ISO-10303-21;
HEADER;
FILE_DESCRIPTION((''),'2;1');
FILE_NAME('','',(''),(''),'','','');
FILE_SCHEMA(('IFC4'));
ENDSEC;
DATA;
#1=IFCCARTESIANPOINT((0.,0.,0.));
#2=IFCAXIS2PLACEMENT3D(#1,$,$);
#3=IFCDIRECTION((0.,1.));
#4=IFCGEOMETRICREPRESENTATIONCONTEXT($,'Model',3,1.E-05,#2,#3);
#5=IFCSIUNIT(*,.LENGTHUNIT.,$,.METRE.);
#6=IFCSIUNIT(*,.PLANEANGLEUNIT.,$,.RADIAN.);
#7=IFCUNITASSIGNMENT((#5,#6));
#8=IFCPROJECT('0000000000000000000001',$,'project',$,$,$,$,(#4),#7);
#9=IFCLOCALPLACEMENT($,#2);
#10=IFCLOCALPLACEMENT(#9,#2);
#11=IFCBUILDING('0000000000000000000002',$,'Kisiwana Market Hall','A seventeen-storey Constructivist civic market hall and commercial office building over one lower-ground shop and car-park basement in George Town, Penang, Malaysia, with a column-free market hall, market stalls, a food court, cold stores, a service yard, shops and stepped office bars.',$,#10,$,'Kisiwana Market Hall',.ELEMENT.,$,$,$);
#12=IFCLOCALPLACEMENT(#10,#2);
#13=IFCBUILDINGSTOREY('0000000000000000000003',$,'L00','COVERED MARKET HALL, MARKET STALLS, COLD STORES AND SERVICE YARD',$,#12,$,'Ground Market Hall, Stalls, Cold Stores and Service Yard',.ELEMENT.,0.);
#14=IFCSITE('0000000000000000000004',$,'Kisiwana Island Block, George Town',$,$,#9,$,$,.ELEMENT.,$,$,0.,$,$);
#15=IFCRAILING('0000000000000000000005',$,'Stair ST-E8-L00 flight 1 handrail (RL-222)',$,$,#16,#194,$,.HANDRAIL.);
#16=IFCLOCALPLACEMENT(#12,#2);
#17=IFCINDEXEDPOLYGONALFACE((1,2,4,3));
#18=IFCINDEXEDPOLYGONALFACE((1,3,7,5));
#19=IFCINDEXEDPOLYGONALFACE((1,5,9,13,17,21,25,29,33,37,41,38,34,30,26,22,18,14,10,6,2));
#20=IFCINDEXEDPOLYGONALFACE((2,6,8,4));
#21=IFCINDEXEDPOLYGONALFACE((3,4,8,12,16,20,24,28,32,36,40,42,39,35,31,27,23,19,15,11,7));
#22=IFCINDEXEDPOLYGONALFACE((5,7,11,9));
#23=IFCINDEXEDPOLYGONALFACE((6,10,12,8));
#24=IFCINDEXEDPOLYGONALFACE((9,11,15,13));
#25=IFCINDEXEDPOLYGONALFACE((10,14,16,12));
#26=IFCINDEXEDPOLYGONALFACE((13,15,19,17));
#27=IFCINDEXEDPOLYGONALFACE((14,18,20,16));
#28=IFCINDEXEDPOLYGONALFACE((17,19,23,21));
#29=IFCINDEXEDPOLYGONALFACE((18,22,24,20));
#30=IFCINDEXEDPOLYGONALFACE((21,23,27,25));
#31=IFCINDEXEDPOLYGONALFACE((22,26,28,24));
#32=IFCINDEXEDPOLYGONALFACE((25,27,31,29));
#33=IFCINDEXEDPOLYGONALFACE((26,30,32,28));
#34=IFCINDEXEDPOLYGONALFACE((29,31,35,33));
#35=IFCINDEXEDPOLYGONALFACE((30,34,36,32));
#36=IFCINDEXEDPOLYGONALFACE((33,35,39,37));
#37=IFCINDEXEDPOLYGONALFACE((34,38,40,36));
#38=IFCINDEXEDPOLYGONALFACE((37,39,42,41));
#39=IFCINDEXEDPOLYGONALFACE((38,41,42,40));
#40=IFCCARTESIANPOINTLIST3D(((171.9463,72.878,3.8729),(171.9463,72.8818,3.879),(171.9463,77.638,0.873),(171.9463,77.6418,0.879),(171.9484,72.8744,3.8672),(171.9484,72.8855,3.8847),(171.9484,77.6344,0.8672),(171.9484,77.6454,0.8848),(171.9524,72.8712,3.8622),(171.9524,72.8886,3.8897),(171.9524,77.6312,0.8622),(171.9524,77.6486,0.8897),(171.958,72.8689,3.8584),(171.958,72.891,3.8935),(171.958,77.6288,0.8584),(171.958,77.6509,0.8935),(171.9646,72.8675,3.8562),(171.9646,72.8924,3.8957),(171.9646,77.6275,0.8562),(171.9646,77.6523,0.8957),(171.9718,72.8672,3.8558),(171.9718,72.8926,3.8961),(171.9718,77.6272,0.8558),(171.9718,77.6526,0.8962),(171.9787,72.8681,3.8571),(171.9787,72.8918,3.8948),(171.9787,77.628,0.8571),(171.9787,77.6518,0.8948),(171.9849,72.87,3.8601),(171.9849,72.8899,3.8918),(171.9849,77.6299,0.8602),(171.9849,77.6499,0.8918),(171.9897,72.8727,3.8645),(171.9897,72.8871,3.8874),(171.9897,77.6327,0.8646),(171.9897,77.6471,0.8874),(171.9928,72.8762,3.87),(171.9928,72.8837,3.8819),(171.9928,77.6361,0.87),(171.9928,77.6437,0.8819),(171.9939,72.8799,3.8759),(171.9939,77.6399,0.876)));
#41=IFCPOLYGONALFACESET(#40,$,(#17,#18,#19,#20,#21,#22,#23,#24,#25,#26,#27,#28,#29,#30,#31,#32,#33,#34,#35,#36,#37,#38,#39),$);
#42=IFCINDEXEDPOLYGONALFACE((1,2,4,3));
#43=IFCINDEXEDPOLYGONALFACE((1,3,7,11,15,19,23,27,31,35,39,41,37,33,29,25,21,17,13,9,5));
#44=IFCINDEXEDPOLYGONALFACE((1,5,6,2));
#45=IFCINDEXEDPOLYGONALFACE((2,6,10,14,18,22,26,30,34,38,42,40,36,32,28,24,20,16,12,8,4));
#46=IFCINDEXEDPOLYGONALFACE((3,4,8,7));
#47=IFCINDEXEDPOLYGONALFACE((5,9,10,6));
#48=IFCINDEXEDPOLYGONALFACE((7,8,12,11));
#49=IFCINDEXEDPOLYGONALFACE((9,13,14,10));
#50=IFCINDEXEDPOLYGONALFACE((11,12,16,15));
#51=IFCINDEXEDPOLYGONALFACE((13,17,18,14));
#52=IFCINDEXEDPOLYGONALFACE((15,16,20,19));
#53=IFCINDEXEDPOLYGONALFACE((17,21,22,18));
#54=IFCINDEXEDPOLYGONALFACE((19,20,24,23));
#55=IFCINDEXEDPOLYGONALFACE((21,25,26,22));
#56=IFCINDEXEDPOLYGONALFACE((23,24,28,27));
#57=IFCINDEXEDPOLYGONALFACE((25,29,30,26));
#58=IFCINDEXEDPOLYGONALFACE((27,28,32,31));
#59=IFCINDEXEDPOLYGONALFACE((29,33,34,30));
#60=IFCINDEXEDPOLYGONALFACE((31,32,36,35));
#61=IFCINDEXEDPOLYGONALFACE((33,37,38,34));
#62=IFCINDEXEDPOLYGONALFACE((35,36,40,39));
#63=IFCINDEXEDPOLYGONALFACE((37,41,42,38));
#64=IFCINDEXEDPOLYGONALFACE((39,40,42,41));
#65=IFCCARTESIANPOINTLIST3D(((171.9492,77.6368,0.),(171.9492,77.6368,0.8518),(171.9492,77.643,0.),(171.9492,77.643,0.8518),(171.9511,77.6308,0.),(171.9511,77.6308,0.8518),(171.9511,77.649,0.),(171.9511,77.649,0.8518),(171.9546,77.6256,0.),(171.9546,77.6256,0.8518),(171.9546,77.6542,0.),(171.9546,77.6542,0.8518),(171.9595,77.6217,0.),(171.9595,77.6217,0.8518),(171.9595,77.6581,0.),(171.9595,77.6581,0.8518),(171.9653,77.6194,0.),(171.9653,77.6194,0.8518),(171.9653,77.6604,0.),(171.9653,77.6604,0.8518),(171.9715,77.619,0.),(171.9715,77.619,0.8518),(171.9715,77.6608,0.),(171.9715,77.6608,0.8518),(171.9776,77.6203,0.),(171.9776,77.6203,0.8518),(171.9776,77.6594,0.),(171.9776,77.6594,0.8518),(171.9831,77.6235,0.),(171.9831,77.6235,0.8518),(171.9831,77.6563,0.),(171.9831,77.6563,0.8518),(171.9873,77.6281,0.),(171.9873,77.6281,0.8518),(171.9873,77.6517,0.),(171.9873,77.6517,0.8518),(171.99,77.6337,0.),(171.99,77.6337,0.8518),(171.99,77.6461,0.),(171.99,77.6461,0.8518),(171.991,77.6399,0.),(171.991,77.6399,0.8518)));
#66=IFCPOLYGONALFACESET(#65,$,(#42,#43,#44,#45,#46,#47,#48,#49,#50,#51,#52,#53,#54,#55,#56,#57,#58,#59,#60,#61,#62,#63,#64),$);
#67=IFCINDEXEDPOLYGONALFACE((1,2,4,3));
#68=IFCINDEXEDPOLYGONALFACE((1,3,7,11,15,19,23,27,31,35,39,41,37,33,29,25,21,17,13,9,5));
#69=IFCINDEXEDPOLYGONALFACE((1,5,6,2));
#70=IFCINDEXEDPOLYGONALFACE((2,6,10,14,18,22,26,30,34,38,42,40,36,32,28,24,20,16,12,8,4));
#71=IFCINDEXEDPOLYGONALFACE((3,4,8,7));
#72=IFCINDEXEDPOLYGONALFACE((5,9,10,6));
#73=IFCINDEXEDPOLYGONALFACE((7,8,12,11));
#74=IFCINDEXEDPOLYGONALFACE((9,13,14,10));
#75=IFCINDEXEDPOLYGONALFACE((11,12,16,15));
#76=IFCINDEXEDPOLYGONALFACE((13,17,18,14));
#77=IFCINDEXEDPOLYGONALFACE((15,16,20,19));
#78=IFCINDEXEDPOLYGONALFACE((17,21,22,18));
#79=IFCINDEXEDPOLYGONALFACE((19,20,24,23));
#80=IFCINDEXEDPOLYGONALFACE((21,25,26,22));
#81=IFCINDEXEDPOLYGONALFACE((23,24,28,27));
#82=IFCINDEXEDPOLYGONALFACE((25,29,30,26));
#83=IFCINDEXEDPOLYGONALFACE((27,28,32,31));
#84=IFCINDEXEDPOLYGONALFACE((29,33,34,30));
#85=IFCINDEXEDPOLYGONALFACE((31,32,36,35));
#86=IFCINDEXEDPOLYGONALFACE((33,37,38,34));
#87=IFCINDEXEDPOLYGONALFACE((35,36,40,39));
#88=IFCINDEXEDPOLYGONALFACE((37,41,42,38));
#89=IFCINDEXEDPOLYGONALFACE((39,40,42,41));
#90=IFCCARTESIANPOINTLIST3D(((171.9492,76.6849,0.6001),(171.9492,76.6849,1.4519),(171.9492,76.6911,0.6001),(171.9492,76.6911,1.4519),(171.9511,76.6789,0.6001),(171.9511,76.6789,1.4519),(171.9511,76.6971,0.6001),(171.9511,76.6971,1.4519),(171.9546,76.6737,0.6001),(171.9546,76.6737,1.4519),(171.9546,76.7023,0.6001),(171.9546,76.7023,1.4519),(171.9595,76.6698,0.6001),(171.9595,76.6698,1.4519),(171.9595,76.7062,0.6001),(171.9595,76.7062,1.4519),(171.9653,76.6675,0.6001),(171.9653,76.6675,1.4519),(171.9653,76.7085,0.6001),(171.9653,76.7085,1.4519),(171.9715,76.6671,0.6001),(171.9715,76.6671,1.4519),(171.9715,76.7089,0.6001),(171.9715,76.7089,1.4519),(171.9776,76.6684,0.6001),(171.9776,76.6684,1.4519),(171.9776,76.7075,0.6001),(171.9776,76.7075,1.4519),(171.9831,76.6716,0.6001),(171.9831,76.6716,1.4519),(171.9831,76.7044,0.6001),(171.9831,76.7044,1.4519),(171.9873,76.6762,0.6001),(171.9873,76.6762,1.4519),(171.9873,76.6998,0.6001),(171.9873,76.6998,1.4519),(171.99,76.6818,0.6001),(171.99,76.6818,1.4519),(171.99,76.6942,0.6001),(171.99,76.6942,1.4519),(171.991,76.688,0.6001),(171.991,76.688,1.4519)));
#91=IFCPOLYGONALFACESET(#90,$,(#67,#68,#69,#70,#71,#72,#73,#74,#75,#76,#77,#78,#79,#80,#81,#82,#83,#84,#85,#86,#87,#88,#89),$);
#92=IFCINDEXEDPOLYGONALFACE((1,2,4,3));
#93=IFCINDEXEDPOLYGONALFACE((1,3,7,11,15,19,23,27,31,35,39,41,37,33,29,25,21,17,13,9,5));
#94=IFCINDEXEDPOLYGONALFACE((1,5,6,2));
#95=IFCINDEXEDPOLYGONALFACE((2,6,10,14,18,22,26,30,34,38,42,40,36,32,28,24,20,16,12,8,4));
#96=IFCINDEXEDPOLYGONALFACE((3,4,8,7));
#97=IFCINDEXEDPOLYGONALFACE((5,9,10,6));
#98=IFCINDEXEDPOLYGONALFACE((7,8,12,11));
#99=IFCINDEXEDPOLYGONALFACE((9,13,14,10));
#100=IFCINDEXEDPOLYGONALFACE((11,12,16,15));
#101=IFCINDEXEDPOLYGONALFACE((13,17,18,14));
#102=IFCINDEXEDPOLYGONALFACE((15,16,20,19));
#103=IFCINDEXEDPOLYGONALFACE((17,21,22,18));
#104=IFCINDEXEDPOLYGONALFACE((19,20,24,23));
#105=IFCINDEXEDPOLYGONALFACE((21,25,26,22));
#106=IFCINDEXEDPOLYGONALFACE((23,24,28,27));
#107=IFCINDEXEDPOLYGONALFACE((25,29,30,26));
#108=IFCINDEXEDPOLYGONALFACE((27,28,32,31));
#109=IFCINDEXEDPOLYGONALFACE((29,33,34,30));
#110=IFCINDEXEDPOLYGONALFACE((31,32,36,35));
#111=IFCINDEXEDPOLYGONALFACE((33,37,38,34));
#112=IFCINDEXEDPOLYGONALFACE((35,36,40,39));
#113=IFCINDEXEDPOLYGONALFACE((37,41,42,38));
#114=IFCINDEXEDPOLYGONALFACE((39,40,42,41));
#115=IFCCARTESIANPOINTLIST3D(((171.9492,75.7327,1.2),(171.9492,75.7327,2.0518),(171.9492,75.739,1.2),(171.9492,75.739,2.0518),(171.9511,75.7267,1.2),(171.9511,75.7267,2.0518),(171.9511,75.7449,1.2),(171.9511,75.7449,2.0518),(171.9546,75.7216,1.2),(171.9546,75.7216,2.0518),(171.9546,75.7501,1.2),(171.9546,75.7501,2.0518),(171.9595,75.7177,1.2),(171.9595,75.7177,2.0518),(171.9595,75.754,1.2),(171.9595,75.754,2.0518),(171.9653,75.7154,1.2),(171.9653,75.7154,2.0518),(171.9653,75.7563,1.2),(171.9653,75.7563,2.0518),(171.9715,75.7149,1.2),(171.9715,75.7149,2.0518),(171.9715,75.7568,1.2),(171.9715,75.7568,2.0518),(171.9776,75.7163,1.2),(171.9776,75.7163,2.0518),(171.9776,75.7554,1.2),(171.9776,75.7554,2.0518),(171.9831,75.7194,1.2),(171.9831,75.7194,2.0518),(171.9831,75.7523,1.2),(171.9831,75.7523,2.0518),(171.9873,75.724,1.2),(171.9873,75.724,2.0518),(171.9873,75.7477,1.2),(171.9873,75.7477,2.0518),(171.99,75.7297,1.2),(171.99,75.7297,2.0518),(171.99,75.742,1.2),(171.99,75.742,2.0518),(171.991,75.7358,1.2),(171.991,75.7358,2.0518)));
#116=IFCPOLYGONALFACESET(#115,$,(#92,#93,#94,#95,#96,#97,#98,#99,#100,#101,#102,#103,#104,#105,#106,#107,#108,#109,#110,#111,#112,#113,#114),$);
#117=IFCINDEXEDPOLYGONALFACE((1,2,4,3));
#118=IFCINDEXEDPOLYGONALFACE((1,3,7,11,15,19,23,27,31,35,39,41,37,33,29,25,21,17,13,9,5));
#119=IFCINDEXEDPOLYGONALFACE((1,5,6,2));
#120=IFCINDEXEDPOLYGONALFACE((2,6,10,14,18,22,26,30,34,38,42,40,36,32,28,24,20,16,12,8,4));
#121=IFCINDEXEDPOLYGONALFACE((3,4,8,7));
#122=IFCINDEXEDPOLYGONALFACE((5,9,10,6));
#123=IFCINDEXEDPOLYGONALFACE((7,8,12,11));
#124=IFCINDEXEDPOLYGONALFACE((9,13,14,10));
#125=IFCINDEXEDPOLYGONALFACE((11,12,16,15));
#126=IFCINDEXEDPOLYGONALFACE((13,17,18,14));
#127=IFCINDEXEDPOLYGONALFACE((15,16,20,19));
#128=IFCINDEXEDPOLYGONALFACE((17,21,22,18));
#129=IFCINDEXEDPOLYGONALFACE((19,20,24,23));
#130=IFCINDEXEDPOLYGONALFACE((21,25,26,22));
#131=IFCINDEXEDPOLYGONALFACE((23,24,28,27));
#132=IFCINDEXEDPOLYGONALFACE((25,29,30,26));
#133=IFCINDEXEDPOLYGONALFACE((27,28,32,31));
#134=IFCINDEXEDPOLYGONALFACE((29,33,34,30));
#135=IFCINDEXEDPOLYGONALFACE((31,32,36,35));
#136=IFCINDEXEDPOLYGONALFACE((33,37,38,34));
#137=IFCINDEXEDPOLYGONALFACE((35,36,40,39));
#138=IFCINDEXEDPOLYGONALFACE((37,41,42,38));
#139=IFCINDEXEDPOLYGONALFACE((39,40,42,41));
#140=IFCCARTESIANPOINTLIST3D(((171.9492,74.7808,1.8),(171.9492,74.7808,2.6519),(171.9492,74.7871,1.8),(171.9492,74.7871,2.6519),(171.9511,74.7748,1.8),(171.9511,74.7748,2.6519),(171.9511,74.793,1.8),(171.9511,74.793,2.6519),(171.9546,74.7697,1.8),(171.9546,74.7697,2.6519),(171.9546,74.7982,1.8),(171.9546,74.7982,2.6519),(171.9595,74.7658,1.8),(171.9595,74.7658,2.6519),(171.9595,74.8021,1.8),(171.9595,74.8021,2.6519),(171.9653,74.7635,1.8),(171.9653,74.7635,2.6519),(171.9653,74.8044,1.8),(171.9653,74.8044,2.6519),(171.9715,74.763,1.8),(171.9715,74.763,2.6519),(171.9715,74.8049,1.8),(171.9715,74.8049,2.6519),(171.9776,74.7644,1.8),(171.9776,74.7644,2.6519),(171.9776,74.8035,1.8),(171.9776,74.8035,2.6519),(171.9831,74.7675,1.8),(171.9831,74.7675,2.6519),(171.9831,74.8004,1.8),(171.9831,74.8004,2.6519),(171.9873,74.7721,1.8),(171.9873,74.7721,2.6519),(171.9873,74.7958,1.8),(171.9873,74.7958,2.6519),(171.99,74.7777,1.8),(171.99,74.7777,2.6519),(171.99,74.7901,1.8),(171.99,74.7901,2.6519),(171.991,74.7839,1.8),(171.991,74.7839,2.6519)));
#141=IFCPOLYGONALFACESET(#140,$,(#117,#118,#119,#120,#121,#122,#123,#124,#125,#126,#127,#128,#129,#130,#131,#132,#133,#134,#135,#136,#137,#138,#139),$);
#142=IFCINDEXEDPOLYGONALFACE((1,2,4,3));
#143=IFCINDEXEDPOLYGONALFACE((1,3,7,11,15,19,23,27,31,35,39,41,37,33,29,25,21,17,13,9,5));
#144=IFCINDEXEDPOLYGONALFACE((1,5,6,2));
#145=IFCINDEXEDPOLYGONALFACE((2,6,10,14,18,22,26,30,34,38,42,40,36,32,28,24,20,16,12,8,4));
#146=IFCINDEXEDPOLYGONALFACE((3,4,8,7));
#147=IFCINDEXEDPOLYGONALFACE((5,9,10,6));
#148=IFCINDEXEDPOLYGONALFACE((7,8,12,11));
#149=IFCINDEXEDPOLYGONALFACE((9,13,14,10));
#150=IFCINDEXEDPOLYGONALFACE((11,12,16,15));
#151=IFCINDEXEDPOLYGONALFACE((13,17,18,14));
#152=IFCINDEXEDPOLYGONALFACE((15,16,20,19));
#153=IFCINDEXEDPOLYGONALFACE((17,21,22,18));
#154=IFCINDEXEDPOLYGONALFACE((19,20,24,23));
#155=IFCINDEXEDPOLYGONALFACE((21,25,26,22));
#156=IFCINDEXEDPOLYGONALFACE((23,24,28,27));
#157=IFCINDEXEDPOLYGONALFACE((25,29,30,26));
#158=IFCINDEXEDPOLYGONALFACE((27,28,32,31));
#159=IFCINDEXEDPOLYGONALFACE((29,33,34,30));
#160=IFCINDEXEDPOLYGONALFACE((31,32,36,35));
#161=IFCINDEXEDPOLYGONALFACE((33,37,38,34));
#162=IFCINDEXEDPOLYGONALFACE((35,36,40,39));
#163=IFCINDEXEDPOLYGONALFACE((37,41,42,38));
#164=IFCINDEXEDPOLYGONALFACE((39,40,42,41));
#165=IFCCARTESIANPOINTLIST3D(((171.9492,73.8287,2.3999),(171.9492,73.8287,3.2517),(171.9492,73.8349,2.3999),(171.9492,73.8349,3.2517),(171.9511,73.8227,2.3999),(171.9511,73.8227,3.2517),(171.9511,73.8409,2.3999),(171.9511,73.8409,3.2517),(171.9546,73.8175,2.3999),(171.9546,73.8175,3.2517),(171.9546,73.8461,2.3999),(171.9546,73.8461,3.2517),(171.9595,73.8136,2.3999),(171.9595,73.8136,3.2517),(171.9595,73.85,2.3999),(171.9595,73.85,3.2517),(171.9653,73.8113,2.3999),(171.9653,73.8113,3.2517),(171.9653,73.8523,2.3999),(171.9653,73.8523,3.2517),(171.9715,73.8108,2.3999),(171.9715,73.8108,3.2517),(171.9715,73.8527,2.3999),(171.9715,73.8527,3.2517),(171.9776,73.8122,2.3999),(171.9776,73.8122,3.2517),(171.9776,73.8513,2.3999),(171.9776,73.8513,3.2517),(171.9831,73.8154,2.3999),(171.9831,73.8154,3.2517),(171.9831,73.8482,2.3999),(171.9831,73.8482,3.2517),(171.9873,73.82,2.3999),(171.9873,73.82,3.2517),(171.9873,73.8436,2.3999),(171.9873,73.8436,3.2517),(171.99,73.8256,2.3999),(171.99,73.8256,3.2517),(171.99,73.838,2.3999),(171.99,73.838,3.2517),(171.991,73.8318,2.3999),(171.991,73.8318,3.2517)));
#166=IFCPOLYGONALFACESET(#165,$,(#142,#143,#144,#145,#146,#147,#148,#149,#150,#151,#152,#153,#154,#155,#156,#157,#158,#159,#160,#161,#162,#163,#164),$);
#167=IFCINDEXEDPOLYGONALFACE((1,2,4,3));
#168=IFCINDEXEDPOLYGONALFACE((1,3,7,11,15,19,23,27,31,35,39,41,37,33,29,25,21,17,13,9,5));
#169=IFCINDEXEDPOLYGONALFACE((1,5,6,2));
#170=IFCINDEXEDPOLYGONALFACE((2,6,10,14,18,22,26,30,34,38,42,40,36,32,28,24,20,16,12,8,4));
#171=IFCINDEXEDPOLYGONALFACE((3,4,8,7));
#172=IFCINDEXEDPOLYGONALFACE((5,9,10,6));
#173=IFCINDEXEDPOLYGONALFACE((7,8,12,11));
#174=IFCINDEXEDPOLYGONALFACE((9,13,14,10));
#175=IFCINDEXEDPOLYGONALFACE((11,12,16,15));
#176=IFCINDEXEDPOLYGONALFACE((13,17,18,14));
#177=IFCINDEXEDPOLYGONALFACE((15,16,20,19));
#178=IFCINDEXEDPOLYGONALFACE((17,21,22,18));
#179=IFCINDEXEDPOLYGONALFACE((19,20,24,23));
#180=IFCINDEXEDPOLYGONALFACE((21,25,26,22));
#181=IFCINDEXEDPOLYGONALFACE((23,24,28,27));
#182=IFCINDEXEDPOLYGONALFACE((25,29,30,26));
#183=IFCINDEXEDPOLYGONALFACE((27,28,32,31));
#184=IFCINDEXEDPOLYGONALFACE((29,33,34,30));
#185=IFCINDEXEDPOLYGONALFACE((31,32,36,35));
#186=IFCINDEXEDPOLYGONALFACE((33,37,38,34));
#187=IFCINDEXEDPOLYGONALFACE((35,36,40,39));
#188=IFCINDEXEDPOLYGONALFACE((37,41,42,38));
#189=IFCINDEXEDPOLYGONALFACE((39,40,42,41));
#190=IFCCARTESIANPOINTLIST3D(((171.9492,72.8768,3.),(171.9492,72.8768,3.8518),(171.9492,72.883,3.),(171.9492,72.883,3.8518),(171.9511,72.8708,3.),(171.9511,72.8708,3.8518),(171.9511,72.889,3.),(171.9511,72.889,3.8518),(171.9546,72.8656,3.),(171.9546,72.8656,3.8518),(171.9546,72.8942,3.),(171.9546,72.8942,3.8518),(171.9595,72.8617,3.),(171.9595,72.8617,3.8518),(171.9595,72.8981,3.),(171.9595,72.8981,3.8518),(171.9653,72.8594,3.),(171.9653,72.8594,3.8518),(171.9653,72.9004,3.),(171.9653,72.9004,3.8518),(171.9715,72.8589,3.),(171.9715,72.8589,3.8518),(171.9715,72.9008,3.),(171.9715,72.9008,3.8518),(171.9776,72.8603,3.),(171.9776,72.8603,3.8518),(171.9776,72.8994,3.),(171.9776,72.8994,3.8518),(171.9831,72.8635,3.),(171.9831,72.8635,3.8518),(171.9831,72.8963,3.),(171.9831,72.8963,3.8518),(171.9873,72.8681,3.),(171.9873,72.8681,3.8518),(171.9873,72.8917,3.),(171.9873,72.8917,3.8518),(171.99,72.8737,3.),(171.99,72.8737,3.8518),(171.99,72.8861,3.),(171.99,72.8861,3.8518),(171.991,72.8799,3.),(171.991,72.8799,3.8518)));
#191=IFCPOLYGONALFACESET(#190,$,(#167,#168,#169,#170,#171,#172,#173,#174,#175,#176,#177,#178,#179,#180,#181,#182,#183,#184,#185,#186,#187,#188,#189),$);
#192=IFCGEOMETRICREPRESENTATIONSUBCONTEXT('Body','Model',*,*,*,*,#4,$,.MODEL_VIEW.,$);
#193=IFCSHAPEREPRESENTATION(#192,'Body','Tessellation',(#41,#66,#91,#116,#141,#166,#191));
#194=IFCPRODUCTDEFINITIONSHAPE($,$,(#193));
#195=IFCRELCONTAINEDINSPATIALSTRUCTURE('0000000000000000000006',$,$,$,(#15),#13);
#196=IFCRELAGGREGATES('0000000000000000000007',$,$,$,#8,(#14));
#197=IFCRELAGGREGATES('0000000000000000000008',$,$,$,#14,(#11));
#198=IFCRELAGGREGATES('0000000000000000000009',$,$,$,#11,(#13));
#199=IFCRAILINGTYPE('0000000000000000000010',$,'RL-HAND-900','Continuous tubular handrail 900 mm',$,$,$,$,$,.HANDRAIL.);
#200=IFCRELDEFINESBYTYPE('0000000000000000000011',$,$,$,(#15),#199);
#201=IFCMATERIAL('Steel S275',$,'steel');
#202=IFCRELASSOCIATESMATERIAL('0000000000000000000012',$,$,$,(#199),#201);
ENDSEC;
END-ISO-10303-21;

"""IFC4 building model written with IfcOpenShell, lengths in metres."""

from ifc_helpers import new_model, si_unit, direction, frame, origin, origin_2d, place, context, subcontext, project, spatial, circle, extrude, material, type_object, element, save


model = new_model("IFC4")

# Units and contexts
model_context = context("Model", 3, precision=1e-05, world=origin(), true_north=direction((0.0, 1.0)))
body_context = subcontext(model_context, "Body", "Model", "MODEL_VIEW")
ifc_project = project(units=[si_unit("LENGTHUNIT", "METRE"), si_unit("PLANEANGLEUNIT", "RADIAN")], contexts=[model_context])

# Site, building, storey
site_placement = place(None, origin())
site = spatial("IfcSite", under=ifc_project, at=site_placement, Name="Kisiwana Island Block, George Town", CompositionType="ELEMENT", RefElevation=0.0)
building_placement = place(site_placement, origin())
building = spatial("IfcBuilding", under=site, at=building_placement, Name="Kisiwana Market Hall", Description="A seventeen-storey Constructivist civic market hall and commercial office building over one lower-ground shop and car-park basement in George Town, Penang, Malaysia, with a column-free market hall, market stalls, a food court, cold stores, a service yard, shops and stepped office bars.", LongName="Kisiwana Market Hall", CompositionType="ELEMENT")
storey_placement = place(building_placement, origin())
storey = spatial("IfcBuildingStorey", under=building, at=storey_placement, Name="L00", Description="COVERED MARKET HALL, MARKET STALLS, COLD STORES AND SERVICE YARD", LongName="Ground Market Hall, Stalls, Cold Stores and Service Yard", CompositionType="ELEMENT", Elevation=0.0)

# Railing
ifc_material_1 = material(Name="Steel S275", Category="steel")
railing_type_1 = type_object("IfcRailingType", Name="RL-HAND-900", Description="Continuous tubular handrail 900 mm", PredefinedType="HANDRAIL", material=ifc_material_1)
railing_1_placement = place(storey_placement, frame((171.97, 77.6399, 0.0)))
element("IfcRailing", 1, at=railing_1_placement, inside=storey, type_object=railing_type_1, Name="Stair ST-E8-L00 flight 1 handrail (RL-222)", PredefinedType="HANDRAIL", context=body_context, shape_type="SweptSolid", body=[
    extrude(circle(Radius=0.0239, at=origin_2d()), frame((0.0, 0.0, 0.876), z_axis=(0.0, -0.845996, 0.53319), x_axis=(1.0, 0.0, 0.0)), (0.0, 0.0, 1.0), 5.6265),
    extrude(circle(Radius=0.021, at=origin_2d()), origin(), (0.0, 0.0, 1.0), 0.8518),
    extrude(circle(Radius=0.021, at=origin_2d()), frame((0.0, -0.9519, 0.6001)), (0.0, 0.0, 1.0), 0.8518),
    extrude(circle(Radius=0.021, at=origin_2d()), frame((0.0, -1.9041, 1.2)), (0.0, 0.0, 1.0), 0.8518),
    extrude(circle(Radius=0.021, at=origin_2d()), frame((0.0, -2.856, 1.8)), (0.0, 0.0, 1.0), 0.8518),
    extrude(circle(Radius=0.021, at=origin_2d()), frame((0.0, -3.8081, 2.3999)), (0.0, 0.0, 1.0), 0.8518),
    extrude(circle(Radius=0.021, at=origin_2d()), frame((0.0, -4.76, 3.0)), (0.0, 0.0, 1.0), 0.8518),
])

save(model, "model.ifc")
